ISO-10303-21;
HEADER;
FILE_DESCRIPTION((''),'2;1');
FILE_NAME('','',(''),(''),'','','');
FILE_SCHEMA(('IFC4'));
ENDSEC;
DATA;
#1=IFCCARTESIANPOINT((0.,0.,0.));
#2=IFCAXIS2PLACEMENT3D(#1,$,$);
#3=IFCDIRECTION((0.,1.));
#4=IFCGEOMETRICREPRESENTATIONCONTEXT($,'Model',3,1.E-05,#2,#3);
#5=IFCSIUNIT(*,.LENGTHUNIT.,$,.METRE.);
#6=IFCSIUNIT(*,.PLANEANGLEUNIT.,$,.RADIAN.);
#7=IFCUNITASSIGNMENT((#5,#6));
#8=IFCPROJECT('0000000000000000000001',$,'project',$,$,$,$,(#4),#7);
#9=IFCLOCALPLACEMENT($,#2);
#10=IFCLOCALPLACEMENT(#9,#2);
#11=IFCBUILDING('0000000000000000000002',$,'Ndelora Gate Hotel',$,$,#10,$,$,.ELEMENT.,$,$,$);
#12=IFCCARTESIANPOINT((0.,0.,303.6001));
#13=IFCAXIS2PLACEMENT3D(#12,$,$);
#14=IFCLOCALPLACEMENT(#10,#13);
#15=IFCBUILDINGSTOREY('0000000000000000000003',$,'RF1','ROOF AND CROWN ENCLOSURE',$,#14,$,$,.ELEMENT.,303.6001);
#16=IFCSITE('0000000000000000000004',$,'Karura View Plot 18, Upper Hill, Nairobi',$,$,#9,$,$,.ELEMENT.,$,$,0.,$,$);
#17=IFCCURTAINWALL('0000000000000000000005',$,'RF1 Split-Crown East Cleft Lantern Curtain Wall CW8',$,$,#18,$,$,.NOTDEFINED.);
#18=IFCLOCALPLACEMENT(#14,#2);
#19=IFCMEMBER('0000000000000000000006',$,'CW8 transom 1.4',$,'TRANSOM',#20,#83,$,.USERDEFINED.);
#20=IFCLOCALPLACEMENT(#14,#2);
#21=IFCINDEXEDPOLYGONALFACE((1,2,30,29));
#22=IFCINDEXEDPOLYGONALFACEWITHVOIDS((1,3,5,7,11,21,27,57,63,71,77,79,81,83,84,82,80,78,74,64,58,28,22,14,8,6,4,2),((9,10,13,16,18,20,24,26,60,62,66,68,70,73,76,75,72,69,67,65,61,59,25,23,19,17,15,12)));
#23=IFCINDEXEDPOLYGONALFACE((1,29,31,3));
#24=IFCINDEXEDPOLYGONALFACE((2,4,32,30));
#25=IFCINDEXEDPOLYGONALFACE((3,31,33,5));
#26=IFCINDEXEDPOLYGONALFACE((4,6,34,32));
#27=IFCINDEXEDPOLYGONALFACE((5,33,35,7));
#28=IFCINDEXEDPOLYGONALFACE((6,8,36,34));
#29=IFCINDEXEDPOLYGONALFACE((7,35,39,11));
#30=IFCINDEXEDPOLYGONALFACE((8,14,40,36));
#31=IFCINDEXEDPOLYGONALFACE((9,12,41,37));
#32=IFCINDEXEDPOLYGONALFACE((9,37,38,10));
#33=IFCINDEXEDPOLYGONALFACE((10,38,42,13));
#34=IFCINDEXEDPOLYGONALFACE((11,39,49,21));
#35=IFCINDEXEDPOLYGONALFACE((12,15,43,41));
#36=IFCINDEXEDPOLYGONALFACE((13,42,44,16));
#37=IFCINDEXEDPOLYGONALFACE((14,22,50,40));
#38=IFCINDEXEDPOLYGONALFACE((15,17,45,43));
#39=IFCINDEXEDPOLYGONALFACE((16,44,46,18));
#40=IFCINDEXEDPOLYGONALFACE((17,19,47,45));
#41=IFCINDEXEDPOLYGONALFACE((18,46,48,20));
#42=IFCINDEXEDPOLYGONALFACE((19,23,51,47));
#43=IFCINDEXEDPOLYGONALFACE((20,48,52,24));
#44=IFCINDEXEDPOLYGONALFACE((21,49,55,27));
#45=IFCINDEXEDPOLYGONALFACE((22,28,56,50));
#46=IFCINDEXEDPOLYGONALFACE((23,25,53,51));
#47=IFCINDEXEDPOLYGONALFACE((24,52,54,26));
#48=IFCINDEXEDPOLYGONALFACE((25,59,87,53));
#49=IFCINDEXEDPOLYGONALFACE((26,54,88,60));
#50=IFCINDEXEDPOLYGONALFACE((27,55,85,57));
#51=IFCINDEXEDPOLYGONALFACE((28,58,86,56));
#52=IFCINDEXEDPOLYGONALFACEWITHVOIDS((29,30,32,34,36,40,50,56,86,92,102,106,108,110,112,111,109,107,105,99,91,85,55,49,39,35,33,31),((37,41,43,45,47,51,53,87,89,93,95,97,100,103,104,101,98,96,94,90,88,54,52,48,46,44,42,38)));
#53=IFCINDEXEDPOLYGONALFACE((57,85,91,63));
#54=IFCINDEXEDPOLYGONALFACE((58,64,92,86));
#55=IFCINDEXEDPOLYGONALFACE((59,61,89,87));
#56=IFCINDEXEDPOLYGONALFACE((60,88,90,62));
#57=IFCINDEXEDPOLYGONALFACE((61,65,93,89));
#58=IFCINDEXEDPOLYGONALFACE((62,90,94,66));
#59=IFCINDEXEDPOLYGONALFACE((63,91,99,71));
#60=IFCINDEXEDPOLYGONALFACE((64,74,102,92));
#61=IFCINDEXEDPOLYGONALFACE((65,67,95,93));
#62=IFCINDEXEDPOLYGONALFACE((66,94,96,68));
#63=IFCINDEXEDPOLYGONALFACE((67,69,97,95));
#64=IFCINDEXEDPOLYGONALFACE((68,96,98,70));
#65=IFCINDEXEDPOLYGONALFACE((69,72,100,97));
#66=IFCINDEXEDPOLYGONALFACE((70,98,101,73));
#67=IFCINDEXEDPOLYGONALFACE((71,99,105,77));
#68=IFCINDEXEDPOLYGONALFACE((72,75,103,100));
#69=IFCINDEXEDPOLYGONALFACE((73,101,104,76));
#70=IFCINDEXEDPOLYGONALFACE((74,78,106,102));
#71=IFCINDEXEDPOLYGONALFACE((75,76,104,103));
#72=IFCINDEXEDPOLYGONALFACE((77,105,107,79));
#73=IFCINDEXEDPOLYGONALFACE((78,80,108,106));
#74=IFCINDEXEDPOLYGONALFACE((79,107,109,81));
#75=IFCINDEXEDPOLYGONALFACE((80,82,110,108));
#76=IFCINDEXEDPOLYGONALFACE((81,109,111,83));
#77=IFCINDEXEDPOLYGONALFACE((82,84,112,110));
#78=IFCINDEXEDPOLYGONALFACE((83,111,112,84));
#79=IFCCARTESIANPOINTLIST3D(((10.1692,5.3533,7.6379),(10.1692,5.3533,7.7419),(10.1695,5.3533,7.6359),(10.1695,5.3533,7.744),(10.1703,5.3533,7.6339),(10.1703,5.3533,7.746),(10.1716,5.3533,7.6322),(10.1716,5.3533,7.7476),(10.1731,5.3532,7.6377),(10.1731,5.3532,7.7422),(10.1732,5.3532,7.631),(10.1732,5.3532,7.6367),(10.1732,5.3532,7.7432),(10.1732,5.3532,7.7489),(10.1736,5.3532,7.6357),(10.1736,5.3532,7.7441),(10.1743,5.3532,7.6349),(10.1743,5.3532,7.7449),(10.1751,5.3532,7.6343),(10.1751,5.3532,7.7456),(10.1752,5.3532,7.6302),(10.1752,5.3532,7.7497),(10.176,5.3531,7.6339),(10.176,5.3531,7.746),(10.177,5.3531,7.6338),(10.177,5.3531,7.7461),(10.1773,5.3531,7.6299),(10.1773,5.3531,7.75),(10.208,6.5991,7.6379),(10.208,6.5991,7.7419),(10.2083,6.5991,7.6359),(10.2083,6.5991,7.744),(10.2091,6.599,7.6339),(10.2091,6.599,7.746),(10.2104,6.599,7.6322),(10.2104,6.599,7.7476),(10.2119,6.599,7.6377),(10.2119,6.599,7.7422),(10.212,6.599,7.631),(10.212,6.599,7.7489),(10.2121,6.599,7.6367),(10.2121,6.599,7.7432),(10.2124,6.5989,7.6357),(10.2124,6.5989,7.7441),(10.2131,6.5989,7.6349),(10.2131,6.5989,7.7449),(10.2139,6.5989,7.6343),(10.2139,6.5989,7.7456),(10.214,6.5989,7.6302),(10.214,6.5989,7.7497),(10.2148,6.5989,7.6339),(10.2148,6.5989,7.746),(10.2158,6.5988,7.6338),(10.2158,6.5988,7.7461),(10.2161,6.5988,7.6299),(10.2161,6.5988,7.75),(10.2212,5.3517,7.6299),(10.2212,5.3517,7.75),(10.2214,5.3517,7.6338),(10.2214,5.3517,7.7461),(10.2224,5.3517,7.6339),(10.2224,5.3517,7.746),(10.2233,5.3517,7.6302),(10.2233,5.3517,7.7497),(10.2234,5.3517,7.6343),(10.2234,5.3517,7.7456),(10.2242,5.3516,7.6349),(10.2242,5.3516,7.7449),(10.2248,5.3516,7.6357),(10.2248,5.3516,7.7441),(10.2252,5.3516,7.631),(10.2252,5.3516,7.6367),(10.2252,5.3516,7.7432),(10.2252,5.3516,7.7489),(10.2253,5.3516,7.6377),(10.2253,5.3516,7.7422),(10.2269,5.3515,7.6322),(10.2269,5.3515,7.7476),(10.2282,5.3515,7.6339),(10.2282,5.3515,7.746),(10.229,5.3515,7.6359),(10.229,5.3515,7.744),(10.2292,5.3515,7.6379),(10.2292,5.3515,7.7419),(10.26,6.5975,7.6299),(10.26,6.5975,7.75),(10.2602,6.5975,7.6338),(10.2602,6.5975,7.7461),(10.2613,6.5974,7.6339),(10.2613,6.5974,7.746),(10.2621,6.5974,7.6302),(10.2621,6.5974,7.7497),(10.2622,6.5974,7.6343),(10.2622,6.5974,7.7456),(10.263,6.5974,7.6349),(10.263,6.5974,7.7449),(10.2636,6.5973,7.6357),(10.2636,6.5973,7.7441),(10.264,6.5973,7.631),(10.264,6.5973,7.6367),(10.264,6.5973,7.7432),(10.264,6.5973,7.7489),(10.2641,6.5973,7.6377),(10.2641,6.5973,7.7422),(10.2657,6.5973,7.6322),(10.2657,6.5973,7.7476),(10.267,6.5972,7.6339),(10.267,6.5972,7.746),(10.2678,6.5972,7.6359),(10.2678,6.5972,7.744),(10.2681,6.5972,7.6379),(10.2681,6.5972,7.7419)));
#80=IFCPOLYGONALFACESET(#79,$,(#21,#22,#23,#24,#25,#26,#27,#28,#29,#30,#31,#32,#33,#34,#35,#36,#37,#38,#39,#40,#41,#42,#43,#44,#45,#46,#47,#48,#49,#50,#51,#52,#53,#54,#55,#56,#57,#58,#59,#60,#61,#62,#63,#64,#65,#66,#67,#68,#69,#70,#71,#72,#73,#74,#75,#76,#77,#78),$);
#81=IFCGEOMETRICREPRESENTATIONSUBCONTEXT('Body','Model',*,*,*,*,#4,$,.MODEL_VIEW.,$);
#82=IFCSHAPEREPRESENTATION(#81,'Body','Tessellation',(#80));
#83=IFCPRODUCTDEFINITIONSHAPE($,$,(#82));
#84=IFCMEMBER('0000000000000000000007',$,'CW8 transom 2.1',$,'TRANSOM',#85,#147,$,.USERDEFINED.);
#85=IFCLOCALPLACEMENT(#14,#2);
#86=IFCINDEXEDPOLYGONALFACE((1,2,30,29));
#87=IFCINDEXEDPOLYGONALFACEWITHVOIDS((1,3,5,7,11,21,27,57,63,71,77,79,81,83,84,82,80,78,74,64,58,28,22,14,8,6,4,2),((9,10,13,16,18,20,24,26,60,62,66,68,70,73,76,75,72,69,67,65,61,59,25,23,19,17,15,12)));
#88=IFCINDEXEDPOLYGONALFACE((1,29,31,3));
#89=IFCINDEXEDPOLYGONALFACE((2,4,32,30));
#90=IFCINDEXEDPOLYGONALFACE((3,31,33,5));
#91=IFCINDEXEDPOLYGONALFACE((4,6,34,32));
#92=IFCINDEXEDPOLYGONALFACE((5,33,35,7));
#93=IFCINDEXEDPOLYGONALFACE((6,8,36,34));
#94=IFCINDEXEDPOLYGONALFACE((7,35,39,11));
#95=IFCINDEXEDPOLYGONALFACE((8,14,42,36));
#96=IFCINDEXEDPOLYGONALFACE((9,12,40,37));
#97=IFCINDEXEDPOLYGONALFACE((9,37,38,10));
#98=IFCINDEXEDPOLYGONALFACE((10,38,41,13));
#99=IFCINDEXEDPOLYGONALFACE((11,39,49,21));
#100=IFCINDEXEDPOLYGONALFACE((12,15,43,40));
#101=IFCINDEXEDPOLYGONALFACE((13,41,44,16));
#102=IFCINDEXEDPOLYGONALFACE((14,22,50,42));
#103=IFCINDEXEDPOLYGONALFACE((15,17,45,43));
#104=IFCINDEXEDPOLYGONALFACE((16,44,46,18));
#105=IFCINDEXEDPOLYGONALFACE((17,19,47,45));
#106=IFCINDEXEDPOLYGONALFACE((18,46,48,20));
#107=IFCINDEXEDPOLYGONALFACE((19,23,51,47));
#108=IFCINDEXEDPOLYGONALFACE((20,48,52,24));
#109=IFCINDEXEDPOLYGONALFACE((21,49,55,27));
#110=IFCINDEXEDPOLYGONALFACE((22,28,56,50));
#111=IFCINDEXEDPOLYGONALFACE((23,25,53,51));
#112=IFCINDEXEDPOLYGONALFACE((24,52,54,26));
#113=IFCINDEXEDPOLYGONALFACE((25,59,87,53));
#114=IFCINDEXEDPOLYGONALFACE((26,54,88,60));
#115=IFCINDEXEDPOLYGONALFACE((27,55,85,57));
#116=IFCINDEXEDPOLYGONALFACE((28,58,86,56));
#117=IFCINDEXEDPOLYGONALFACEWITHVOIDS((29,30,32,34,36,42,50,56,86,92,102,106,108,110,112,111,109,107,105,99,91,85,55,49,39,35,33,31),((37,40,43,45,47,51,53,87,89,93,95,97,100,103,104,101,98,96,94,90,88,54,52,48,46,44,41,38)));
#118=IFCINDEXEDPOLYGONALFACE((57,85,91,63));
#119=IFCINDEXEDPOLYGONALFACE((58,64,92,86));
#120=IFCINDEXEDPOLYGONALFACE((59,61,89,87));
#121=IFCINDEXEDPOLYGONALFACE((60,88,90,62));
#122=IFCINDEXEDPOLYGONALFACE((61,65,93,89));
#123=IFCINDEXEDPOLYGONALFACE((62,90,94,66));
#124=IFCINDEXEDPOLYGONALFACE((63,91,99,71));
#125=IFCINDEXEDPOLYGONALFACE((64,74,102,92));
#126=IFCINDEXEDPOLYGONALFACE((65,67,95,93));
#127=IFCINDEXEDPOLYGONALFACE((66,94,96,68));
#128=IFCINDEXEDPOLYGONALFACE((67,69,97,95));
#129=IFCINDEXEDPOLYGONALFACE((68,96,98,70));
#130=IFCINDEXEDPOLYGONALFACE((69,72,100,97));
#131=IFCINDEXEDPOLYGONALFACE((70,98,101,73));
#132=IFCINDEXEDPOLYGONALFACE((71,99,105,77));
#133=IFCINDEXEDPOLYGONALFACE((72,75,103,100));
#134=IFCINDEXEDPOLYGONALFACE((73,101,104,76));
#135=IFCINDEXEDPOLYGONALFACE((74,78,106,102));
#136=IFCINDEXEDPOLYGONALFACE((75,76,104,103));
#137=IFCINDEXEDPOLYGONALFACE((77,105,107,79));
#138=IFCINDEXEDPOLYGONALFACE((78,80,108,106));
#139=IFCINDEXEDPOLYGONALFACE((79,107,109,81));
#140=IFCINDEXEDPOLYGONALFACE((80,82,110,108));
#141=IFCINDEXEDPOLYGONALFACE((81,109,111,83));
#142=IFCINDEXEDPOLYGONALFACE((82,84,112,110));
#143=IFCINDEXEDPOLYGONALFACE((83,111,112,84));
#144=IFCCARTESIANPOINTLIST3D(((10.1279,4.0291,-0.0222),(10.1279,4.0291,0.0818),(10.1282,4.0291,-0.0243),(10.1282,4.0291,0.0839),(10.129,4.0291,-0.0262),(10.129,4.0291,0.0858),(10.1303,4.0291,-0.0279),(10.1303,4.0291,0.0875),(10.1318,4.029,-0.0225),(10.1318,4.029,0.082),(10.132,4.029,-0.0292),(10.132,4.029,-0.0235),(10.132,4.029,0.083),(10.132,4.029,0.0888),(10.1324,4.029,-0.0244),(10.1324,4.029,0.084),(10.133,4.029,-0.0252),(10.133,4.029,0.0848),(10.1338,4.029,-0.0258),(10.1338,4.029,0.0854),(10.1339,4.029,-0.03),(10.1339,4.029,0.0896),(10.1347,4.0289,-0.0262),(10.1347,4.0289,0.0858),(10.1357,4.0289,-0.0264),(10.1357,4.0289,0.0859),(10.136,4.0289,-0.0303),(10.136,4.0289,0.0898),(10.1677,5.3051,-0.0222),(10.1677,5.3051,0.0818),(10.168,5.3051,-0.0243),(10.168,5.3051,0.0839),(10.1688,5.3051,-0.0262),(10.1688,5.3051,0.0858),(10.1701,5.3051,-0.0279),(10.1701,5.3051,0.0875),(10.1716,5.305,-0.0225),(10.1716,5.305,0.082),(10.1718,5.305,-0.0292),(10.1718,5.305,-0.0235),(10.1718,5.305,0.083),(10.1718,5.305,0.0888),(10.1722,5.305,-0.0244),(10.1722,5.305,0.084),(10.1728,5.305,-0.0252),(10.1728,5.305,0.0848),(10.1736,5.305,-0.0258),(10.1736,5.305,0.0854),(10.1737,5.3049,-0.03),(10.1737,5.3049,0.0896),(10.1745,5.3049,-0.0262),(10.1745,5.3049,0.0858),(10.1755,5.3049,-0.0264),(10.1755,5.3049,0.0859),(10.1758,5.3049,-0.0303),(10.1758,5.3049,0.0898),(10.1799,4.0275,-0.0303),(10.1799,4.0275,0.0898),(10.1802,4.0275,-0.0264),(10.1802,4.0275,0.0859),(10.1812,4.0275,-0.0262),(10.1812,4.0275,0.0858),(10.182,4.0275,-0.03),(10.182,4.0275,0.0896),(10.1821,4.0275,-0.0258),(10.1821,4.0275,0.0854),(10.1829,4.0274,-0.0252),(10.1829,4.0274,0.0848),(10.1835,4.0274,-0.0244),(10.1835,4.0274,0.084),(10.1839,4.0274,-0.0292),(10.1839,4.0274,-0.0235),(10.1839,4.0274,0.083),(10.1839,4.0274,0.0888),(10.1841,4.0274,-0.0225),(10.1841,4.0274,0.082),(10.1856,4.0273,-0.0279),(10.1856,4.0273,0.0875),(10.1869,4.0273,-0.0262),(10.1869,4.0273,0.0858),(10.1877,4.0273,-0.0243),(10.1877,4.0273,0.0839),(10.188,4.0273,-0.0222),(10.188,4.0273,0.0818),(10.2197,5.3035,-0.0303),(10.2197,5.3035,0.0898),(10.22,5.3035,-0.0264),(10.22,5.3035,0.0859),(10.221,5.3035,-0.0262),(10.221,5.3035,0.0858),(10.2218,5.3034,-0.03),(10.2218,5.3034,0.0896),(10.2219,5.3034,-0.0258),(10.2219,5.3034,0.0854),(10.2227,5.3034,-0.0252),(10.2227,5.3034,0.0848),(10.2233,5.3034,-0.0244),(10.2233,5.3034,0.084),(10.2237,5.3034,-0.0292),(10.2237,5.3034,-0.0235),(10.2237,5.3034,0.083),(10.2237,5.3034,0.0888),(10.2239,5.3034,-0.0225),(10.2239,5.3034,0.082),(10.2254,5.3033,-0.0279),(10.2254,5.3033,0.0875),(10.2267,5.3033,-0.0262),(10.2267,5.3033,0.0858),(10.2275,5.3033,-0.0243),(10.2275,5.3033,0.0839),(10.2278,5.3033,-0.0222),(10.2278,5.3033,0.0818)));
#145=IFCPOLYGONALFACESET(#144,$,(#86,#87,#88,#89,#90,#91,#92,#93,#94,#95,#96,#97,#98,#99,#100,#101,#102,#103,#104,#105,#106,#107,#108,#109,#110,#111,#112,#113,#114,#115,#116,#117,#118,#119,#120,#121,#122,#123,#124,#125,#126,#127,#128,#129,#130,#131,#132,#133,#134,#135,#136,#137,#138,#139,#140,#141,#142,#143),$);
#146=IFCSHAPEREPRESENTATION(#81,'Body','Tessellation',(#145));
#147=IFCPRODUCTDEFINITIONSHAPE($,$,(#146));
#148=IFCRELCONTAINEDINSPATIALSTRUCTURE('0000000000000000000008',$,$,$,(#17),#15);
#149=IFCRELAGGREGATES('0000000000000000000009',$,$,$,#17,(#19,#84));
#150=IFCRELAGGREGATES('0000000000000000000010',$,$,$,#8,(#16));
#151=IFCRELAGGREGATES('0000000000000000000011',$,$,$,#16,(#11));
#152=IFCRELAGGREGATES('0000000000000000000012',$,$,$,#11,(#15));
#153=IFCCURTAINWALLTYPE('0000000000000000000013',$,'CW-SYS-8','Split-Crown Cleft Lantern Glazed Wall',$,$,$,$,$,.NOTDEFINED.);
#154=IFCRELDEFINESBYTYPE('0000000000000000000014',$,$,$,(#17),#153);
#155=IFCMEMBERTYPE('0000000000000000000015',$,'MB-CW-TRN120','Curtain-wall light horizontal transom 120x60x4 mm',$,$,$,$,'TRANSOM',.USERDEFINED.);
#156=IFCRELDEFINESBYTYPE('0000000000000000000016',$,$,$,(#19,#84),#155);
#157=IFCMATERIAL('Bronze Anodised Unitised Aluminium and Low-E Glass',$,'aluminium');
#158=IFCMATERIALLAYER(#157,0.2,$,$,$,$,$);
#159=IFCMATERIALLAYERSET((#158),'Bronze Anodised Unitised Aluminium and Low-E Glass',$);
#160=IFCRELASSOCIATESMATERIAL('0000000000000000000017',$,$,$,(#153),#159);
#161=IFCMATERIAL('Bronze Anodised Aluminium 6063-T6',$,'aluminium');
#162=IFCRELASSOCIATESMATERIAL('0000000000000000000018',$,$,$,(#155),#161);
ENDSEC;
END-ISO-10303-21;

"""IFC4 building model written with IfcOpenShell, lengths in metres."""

from ifc_helpers import new_model, si_unit, direction, frame, origin, origin_2d, place, context, subcontext, project, spatial, hollow_rectangle, extrude, material, layer, layer_set, material_profile, profile_set, type_object, element, aggregate, save


model = new_model("IFC4")

# Units and contexts
model_context = context("Model", 3, precision=1e-05, world=origin(), true_north=direction((0.0, 1.0)))
body_context = subcontext(model_context, "Body", "Model", "MODEL_VIEW")
ifc_project = project(units=[si_unit("LENGTHUNIT", "METRE"), si_unit("PLANEANGLEUNIT", "RADIAN")], contexts=[model_context])

# Site, building, storey
site_placement = place(None, origin())
site = spatial("IfcSite", under=ifc_project, at=site_placement, Name="Karura View Plot 18, Upper Hill, Nairobi", CompositionType="ELEMENT", RefElevation=0.0)
building_placement = place(site_placement, origin())
building = spatial("IfcBuilding", under=site, at=building_placement, Name="Ndelora Gate Hotel", CompositionType="ELEMENT")
storey_placement = place(building_placement, frame((0.0, 0.0, 303.6001)))
storey = spatial("IfcBuildingStorey", under=building, at=storey_placement, Name="RF1", Description="ROOF AND CROWN ENCLOSURE", CompositionType="ELEMENT", Elevation=303.6001)

# Curtain wall
ifc_material_1 = material(Name="Bronze Anodised Unitised Aluminium and Low-E Glass", Category="aluminium")
ifc_layer_1 = layer(ifc_material_1, 0.2)
ifc_layer_set_1 = layer_set([ifc_layer_1], Name="Bronze Anodised Unitised Aluminium and Low-E Glass")
curtain_wall_type = type_object("IfcCurtainWallType", Name="CW-SYS-8", Description="Split-Crown Cleft Lantern Glazed Wall", PredefinedType="NOTDEFINED", material=ifc_layer_set_1)
ifc_material_2 = material(Name="Bronze Anodised Aluminium 6063-T6", Category="aluminium")
curtain_wall_1_placement = place(storey_placement, origin())
curtain_wall_1 = element("IfcCurtainWall", 1, at=curtain_wall_1_placement, inside=storey, type_object=curtain_wall_type, Name="RF1 Split-Crown East Cleft Lantern Curtain Wall CW8", PredefinedType="NOTDEFINED")

# Members
ifc_material_profile_1 = material_profile(ifc_material_2, hollow_rectangle(XDim=0.0601, YDim=0.1201, WallThickness=0.0039, InnerFilletRadius=0.0039, OuterFilletRadius=0.0081, at=origin_2d()), Name="ALU 120x60x4")
ifc_profile_set_1 = profile_set([ifc_material_profile_1], Name="Bronze Anodised Aluminium 6063-T6")
member_type_1 = type_object("IfcMemberType", Name="MB-CW-TRN120", Description="Curtain-wall light horizontal transom 120x60x4 mm", ElementType="TRANSOM", PredefinedType="USERDEFINED", material=ifc_profile_set_1)
member_1_placement = place(storey_placement, frame((10.238, 6.5981, 7.6899), z_axis=(-0.031143, -0.999515, 0.0), x_axis=(0.999515, -0.031143, 0.0)))
member_1 = element("IfcMember", 2, at=member_1_placement, type_object=member_type_1, Name="CW8 transom 1.4", ObjectType="TRANSOM", PredefinedType="USERDEFINED", context=body_context, shape_type="SweptSolid", body=[
    extrude(hollow_rectangle(XDim=0.0601, YDim=0.1201, WallThickness=0.0039, InnerFilletRadius=0.0039, OuterFilletRadius=0.0081, at=origin_2d()), origin(), (0.0, 0.0, 1.0), 1.2463),
])
member_2_placement = place(storey_placement, frame((10.1978, 5.3042, 0.0298), z_axis=(-0.031175, -0.999514, 0.0), x_axis=(0.999514, -0.031175, 0.0)))
member_2 = element("IfcMember", 3, at=member_2_placement, type_object=member_type_1, Name="CW8 transom 2.1", ObjectType="TRANSOM", PredefinedType="USERDEFINED", context=body_context, shape_type="SweptSolid", body=[
    extrude(hollow_rectangle(XDim=0.0601, YDim=0.1201, WallThickness=0.0039, InnerFilletRadius=0.0039, OuterFilletRadius=0.0081, at=origin_2d()), origin(), (0.0, 0.0, 1.0), 1.2766),
])

aggregate(curtain_wall_1, [member_1, member_2])

save(model, "model.ifc")
